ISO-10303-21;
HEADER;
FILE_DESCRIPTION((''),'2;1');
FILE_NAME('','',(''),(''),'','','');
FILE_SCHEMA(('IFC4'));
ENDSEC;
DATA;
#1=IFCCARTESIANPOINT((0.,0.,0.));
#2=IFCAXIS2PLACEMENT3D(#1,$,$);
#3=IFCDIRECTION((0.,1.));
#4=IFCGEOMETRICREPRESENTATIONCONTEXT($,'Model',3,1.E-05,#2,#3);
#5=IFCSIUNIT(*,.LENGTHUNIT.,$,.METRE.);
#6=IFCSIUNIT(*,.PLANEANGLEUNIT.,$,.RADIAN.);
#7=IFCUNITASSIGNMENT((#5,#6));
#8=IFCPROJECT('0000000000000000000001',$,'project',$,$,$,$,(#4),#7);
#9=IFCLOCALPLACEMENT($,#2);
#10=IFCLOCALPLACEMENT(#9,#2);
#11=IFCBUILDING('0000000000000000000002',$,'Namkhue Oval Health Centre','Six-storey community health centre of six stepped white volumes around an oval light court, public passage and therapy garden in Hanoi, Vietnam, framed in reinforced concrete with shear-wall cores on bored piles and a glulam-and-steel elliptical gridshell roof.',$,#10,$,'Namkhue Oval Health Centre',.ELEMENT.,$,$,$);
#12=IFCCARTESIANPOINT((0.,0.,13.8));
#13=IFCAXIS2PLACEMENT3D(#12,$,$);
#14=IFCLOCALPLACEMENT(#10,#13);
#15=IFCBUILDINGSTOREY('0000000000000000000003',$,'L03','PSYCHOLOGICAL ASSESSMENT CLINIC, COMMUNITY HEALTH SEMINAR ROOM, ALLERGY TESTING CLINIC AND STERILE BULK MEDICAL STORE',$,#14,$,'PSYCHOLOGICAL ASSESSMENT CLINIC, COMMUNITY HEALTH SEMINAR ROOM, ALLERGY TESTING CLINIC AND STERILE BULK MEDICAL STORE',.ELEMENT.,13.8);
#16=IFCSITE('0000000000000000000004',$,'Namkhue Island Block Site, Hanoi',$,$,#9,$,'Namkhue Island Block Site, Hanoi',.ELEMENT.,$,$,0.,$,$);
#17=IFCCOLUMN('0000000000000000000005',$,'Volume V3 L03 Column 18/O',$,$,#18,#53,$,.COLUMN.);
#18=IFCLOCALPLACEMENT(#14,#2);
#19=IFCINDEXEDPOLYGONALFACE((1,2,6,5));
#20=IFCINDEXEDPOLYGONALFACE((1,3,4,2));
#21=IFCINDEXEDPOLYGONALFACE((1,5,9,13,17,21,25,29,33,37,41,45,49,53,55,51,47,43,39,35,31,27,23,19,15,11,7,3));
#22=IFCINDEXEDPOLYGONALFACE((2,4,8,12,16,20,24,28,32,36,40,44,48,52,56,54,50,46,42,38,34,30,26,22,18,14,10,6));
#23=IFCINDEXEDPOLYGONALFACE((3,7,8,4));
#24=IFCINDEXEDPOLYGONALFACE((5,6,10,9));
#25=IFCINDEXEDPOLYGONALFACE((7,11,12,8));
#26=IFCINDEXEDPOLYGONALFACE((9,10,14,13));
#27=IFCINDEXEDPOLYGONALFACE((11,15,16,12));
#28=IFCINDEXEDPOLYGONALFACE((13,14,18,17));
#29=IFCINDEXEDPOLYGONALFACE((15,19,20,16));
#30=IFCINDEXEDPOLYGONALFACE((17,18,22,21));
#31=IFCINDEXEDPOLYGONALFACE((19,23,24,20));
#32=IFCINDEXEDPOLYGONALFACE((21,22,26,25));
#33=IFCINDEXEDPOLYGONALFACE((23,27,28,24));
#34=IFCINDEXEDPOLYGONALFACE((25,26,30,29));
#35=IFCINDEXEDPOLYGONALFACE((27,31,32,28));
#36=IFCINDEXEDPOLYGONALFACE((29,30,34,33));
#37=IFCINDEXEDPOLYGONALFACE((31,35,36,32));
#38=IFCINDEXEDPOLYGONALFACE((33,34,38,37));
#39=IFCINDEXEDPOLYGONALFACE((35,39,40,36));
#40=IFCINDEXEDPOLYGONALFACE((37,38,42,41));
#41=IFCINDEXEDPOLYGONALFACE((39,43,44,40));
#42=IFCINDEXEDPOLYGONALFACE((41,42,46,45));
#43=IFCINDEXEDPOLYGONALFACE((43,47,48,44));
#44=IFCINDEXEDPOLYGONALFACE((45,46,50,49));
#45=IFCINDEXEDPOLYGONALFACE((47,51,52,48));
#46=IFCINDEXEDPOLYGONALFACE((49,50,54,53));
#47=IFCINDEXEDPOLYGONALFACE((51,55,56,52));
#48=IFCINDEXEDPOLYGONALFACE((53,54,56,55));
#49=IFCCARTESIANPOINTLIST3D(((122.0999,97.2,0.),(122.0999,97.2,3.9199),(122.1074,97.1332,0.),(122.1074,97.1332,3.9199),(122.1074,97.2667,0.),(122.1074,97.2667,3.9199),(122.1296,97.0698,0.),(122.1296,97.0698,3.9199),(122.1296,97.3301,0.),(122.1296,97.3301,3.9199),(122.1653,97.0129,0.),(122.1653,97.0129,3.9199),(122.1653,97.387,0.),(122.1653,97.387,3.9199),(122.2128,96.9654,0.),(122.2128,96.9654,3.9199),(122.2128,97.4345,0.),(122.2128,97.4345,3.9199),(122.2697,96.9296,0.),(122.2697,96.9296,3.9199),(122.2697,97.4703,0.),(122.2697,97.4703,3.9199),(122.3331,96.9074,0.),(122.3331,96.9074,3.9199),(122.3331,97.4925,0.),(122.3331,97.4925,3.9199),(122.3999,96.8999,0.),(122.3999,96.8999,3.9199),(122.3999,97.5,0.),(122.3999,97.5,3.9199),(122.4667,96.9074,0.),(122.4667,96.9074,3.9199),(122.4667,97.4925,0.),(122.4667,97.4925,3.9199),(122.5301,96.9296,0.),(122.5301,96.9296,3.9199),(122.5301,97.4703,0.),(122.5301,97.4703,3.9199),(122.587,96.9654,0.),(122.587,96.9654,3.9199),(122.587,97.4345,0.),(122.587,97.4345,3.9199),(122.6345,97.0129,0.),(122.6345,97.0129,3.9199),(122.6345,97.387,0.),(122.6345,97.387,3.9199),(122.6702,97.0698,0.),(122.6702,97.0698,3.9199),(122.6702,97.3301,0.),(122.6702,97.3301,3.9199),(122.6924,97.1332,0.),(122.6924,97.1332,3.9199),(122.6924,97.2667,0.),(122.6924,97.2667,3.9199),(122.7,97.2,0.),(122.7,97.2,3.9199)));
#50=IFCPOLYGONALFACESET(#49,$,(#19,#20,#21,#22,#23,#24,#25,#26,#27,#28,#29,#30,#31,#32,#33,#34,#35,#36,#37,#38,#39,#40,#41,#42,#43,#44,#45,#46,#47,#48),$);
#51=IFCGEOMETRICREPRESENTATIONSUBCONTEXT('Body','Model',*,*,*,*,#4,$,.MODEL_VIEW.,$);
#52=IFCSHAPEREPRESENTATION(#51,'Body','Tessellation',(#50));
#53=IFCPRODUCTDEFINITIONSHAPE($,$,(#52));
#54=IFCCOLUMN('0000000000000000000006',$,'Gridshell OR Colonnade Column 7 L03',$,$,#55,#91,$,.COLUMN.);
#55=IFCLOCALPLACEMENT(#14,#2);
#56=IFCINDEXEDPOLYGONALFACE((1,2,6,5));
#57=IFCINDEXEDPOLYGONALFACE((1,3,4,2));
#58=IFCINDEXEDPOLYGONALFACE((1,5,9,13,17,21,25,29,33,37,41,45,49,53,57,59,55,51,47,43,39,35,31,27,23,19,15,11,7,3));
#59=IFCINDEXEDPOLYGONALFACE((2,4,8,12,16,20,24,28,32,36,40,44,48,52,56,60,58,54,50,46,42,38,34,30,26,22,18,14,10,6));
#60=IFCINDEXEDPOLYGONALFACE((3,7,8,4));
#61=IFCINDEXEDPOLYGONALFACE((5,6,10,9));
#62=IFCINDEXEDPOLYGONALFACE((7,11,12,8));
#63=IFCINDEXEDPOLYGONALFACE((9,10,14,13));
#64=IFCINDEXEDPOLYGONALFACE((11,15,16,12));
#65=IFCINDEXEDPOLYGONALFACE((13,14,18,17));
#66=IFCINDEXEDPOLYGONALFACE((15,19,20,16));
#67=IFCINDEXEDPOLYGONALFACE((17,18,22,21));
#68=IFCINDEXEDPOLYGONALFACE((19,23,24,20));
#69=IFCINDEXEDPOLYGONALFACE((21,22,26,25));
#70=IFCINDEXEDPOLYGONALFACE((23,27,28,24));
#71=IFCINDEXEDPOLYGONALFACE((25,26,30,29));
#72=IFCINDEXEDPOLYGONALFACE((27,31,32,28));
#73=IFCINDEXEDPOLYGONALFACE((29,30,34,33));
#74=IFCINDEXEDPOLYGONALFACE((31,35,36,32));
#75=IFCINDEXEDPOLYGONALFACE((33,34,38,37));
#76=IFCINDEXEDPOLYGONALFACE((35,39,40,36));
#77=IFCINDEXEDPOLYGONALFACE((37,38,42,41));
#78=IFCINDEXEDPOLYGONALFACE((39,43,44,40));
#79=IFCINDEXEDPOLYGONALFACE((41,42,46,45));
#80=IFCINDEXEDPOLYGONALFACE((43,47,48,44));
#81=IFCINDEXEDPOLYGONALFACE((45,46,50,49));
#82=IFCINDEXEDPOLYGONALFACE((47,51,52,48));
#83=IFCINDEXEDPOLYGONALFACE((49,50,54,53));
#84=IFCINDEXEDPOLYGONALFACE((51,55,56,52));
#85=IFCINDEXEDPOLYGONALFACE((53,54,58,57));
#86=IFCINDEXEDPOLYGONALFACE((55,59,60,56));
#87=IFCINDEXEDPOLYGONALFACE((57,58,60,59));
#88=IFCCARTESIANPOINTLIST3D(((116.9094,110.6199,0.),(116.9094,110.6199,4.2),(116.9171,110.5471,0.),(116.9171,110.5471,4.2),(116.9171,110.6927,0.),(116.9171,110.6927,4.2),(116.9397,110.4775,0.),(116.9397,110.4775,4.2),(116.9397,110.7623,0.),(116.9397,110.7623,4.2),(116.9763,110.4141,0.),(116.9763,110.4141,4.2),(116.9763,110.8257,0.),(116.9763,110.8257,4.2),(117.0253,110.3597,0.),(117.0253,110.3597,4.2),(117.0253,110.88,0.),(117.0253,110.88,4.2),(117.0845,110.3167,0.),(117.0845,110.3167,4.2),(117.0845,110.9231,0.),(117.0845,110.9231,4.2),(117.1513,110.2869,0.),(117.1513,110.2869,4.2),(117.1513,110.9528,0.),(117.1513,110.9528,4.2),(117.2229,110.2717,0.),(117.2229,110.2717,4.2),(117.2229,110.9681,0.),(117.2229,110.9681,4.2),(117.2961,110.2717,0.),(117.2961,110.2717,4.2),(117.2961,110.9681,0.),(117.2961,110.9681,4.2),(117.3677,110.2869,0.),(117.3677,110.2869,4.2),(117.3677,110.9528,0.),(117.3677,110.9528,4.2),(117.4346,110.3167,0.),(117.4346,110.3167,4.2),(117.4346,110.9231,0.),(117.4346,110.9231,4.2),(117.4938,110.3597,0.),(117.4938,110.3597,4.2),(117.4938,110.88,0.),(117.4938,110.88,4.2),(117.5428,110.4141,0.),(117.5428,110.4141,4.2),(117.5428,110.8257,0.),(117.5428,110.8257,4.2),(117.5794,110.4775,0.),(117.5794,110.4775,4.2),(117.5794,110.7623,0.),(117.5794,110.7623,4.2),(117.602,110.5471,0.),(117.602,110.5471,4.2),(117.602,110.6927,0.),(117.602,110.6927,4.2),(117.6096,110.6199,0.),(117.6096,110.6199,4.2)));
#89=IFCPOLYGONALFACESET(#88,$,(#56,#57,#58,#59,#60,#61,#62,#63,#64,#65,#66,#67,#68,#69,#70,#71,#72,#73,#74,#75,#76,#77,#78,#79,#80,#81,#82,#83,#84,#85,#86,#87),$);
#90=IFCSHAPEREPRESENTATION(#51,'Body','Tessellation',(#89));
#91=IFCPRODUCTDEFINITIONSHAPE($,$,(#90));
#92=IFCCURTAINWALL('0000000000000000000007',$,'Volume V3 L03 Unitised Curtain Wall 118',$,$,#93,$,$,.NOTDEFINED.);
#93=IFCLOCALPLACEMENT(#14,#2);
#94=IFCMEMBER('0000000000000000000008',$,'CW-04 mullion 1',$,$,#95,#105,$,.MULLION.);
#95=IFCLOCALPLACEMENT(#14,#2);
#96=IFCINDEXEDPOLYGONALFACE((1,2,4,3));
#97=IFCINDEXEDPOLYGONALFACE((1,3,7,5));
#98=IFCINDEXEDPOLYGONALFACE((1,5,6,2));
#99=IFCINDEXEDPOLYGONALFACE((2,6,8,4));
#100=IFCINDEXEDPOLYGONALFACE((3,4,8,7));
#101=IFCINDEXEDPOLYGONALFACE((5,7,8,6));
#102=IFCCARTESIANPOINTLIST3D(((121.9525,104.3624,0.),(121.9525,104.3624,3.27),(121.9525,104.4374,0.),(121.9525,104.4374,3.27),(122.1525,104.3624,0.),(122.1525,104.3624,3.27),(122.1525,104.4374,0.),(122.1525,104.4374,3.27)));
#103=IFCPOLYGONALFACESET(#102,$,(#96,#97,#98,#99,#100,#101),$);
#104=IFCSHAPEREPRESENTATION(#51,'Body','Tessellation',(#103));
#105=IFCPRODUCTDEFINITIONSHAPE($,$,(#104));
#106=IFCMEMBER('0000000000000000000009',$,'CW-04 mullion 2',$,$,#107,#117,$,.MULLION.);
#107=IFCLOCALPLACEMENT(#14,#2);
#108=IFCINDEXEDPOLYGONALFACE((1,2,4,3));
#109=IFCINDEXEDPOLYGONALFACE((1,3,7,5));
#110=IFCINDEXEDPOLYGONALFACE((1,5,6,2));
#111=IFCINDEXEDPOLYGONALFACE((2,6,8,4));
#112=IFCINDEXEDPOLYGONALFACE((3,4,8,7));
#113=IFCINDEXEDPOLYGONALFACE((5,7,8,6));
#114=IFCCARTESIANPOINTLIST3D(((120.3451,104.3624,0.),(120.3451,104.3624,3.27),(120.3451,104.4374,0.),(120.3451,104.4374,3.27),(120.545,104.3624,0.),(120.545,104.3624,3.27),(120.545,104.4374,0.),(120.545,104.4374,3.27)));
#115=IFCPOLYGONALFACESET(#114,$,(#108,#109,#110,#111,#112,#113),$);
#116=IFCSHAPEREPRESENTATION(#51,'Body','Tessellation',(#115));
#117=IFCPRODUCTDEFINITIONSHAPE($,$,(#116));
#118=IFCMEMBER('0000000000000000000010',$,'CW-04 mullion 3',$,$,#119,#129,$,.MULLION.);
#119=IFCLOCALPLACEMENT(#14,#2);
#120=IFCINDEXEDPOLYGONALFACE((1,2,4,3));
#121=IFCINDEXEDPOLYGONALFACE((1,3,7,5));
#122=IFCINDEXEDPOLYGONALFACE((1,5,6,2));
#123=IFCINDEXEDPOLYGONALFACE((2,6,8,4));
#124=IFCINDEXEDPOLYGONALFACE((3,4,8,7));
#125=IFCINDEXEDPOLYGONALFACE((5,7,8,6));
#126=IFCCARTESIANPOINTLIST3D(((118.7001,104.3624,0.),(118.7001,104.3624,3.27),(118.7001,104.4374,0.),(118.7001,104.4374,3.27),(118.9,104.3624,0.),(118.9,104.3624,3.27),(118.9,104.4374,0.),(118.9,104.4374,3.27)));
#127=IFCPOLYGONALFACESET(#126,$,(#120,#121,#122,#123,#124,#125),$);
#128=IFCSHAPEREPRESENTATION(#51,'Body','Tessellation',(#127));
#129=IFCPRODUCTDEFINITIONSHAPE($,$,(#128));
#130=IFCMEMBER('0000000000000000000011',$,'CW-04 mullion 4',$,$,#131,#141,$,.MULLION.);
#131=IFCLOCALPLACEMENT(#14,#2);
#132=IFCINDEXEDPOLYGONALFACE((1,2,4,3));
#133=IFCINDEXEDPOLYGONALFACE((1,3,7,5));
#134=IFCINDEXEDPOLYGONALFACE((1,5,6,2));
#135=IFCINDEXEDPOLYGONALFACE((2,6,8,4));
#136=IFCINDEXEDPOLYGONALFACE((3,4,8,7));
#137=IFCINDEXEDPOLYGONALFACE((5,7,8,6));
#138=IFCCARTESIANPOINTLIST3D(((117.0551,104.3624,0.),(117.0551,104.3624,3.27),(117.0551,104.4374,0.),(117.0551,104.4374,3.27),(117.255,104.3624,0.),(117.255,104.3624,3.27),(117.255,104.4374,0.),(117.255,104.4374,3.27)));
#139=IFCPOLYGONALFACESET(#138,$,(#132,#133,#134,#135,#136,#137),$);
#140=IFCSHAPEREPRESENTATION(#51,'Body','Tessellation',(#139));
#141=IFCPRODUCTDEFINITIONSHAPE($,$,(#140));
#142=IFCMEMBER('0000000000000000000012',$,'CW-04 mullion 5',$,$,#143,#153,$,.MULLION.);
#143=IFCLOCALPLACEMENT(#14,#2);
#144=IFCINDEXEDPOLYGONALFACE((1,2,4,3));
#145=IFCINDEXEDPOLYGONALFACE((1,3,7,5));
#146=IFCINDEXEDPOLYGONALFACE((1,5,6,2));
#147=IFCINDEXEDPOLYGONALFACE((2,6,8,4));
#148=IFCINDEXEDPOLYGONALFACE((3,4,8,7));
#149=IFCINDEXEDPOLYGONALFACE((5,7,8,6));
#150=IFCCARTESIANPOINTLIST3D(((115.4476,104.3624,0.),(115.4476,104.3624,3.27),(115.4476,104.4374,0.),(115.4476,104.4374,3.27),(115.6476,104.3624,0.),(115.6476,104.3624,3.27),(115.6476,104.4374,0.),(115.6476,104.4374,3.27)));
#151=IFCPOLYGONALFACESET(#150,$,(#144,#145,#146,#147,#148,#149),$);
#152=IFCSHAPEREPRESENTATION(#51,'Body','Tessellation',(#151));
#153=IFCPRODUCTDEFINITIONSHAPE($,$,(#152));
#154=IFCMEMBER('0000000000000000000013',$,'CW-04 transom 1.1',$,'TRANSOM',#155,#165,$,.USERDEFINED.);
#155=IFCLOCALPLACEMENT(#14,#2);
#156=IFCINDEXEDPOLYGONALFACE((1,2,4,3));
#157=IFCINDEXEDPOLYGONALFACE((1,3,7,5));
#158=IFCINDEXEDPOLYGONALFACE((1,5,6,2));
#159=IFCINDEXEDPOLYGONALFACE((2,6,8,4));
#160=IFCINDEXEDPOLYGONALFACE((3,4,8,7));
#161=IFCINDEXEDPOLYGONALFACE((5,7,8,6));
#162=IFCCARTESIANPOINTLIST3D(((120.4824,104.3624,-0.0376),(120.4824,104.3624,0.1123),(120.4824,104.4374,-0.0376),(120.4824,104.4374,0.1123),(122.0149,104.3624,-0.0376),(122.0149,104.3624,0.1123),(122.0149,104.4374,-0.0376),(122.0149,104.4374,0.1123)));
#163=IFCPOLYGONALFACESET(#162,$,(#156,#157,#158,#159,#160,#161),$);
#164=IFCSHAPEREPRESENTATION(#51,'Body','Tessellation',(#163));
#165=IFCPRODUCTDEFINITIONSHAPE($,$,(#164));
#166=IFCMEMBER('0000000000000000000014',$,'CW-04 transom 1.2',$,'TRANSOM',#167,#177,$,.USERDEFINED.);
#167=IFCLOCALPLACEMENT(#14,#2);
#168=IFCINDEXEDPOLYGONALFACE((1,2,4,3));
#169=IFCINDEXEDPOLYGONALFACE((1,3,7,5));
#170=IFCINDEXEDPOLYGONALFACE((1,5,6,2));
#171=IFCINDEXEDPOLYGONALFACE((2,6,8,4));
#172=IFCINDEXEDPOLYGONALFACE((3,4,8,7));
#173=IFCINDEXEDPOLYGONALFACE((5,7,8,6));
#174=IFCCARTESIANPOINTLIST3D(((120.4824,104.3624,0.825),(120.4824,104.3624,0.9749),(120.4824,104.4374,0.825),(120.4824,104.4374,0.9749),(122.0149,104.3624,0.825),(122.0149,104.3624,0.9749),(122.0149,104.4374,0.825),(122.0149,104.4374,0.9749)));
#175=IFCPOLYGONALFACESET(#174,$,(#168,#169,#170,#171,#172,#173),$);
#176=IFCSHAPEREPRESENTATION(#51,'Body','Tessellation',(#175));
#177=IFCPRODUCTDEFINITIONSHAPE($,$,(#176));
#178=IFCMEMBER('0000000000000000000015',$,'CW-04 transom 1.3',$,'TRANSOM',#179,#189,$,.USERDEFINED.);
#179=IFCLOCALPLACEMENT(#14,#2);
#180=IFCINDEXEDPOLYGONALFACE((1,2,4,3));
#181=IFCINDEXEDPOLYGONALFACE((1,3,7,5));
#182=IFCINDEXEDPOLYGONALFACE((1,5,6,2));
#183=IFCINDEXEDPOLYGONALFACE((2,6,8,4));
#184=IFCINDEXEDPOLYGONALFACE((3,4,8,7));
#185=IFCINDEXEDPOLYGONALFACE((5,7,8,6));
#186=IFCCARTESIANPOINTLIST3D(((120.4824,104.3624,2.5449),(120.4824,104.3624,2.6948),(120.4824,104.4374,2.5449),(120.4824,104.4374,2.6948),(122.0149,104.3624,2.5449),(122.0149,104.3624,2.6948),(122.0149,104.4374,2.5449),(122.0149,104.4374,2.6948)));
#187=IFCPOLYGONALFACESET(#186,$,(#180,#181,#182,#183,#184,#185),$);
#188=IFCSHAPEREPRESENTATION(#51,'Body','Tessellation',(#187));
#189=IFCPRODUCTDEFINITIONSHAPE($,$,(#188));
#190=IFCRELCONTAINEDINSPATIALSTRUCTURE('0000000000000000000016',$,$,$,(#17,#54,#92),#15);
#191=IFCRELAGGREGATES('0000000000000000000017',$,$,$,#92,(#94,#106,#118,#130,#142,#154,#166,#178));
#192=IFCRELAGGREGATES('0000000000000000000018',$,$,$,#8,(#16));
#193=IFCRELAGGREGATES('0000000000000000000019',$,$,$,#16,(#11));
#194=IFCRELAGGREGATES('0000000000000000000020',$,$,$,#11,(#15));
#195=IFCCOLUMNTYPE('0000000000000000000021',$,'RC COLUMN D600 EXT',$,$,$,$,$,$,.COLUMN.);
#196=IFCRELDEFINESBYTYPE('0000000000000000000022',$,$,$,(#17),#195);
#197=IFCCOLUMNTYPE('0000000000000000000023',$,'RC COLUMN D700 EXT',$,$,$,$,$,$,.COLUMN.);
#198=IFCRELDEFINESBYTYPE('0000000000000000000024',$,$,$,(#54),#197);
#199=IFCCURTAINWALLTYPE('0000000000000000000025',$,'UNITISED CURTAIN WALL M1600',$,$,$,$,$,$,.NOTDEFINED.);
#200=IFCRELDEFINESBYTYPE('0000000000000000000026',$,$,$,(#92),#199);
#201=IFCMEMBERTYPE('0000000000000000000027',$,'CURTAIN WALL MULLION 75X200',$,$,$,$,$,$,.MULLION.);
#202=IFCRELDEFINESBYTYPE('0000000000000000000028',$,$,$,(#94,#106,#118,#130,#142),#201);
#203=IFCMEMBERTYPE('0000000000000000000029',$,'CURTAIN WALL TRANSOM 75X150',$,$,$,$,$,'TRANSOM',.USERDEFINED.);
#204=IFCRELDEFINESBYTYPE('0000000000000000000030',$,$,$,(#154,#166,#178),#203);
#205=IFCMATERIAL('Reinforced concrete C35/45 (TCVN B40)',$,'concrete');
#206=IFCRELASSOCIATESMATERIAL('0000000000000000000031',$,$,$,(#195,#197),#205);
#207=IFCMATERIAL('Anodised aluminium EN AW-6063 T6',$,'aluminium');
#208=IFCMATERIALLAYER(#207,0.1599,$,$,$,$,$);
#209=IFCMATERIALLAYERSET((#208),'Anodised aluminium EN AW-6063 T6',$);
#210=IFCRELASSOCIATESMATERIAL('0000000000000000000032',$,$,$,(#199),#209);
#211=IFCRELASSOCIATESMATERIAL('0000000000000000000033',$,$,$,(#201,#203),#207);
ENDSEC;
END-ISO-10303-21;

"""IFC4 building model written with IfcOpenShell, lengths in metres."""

from ifc_helpers import new_model, si_unit, direction, frame, origin, origin_2d, place, context, subcontext, project, spatial, rectangle, circle, extrude, material, layer, layer_set, material_profile, profile_set, type_object, element, aggregate, save


model = new_model("IFC4")

# Units and contexts
model_context = context("Model", 3, precision=1e-05, world=origin(), true_north=direction((0.0, 1.0)))
body_context = subcontext(model_context, "Body", "Model", "MODEL_VIEW")
ifc_project = project(units=[si_unit("LENGTHUNIT", "METRE"), si_unit("PLANEANGLEUNIT", "RADIAN")], contexts=[model_context])

# Site, building, storey
site_placement = place(None, origin())
site = spatial("IfcSite", under=ifc_project, at=site_placement, Name="Namkhue Island Block Site, Hanoi", LongName="Namkhue Island Block Site, Hanoi", CompositionType="ELEMENT", RefElevation=0.0)
building_placement = place(site_placement, origin())
building = spatial("IfcBuilding", under=site, at=building_placement, Name="Namkhue Oval Health Centre", Description="Six-storey community health centre of six stepped white volumes around an oval light court, public passage and therapy garden in Hanoi, Vietnam, framed in reinforced concrete with shear-wall cores on bored piles and a glulam-and-steel elliptical gridshell roof.", LongName="Namkhue Oval Health Centre", CompositionType="ELEMENT")
storey_placement = place(building_placement, frame((0.0, 0.0, 13.8)))
storey = spatial("IfcBuildingStorey", under=building, at=storey_placement, Name="L03", Description="PSYCHOLOGICAL ASSESSMENT CLINIC, COMMUNITY HEALTH SEMINAR ROOM, ALLERGY TESTING CLINIC AND STERILE BULK MEDICAL STORE", LongName="PSYCHOLOGICAL ASSESSMENT CLINIC, COMMUNITY HEALTH SEMINAR ROOM, ALLERGY TESTING CLINIC AND STERILE BULK MEDICAL STORE", CompositionType="ELEMENT", Elevation=13.8)

# Columns
ifc_material_1 = material(Name="Reinforced concrete C35/45 (TCVN B40)", Category="concrete")
ifc_material_profile_1 = material_profile(ifc_material_1, circle(Radius=0.3, at=origin_2d()), Name="RC D600")
ifc_profile_set_1 = profile_set([ifc_material_profile_1], Name="Reinforced concrete C35/45 (TCVN B40)")
column_type_1 = type_object("IfcColumnType", Name="RC COLUMN D600 EXT", PredefinedType="COLUMN", material=ifc_profile_set_1)
column_1_placement = place(storey_placement, frame((122.3999, 97.2, 0.0), z_axis=(0.0, 0.0, 1.0), x_axis=(1.0, 0.0, 0.0)))
element("IfcColumn", 1, at=column_1_placement, inside=storey, type_object=column_type_1, Name="Volume V3 L03 Column 18/O", PredefinedType="COLUMN", context=body_context, shape_type="SweptSolid", body=[
    extrude(circle(Radius=0.3, at=origin_2d()), origin(), (0.0, 0.0, 1.0), 3.9199),
])
ifc_material_profile_2 = material_profile(ifc_material_1, circle(Radius=0.3501, at=origin_2d()), Name="RC D700")
ifc_profile_set_2 = profile_set([ifc_material_profile_2], Name="Reinforced concrete C35/45 (TCVN B40)")
column_type_2 = type_object("IfcColumnType", Name="RC COLUMN D700 EXT", PredefinedType="COLUMN", material=ifc_profile_set_2)
column_2_placement = place(storey_placement, frame((117.2595, 110.6199, 0.0), z_axis=(0.0, 0.0, 1.0), x_axis=(1.0, 0.0, 0.0)))
element("IfcColumn", 2, at=column_2_placement, inside=storey, type_object=column_type_2, Name="Gridshell OR Colonnade Column 7 L03", PredefinedType="COLUMN", context=body_context, shape_type="SweptSolid", body=[
    extrude(circle(Radius=0.3501, at=origin_2d()), origin(), (0.0, 0.0, 1.0), 4.2),
])

# Curtain wall, members
ifc_material_2 = material(Name="Anodised aluminium EN AW-6063 T6", Category="aluminium")
ifc_layer_1 = layer(ifc_material_2, 0.1599)
ifc_layer_set_1 = layer_set([ifc_layer_1], Name="Anodised aluminium EN AW-6063 T6")
curtain_wall_type = type_object("IfcCurtainWallType", Name="UNITISED CURTAIN WALL M1600", PredefinedType="NOTDEFINED", material=ifc_layer_set_1)
curtain_wall_placement = place(storey_placement, origin())
curtain_wall = element("IfcCurtainWall", 3, at=curtain_wall_placement, inside=storey, type_object=curtain_wall_type, Name="Volume V3 L03 Unitised Curtain Wall 118", PredefinedType="NOTDEFINED")
ifc_material_profile_3 = material_profile(ifc_material_2, rectangle(XDim=0.075, YDim=0.2, at=origin_2d()), Name="ALU 75x200")
ifc_profile_set_3 = profile_set([ifc_material_profile_3], Name="Anodised aluminium EN AW-6063 T6")
member_type_1 = type_object("IfcMemberType", Name="CURTAIN WALL MULLION 75X200", PredefinedType="MULLION", material=ifc_profile_set_3)
member_1_placement = place(storey_placement, frame((122.0525, 104.3999, 0.0), z_axis=(0.0, 0.0, 1.0), x_axis=(0.0, -1.0, 0.0)))
member_1 = element("IfcMember", 4, at=member_1_placement, type_object=member_type_1, Name="CW-04 mullion 1", PredefinedType="MULLION", context=body_context, shape_type="SweptSolid", body=[
    extrude(rectangle(XDim=0.075, YDim=0.2, at=origin_2d()), origin(), (0.0, 0.0, 1.0), 3.27),
])
member_2_placement = place(storey_placement, frame((120.4451, 104.3999, 0.0), z_axis=(0.0, 0.0, 1.0), x_axis=(0.0, -1.0, 0.0)))
member_2 = element("IfcMember", 5, at=member_2_placement, type_object=member_type_1, Name="CW-04 mullion 2", PredefinedType="MULLION", context=body_context, shape_type="SweptSolid", body=[
    extrude(rectangle(XDim=0.075, YDim=0.2, at=origin_2d()), origin(), (0.0, 0.0, 1.0), 3.27),
])
member_3_placement = place(storey_placement, frame((118.8, 104.3999, 0.0), z_axis=(0.0, 0.0, 1.0), x_axis=(0.0, -1.0, 0.0)))
member_3 = element("IfcMember", 6, at=member_3_placement, type_object=member_type_1, Name="CW-04 mullion 3", PredefinedType="MULLION", context=body_context, shape_type="SweptSolid", body=[
    extrude(rectangle(XDim=0.075, YDim=0.2, at=origin_2d()), origin(), (0.0, 0.0, 1.0), 3.27),
])
member_4_placement = place(storey_placement, frame((117.155, 104.3999, 0.0), z_axis=(0.0, 0.0, 1.0), x_axis=(0.0, -1.0, 0.0)))
member_4 = element("IfcMember", 7, at=member_4_placement, type_object=member_type_1, Name="CW-04 mullion 4", PredefinedType="MULLION", context=body_context, shape_type="SweptSolid", body=[
    extrude(rectangle(XDim=0.075, YDim=0.2, at=origin_2d()), origin(), (0.0, 0.0, 1.0), 3.27),
])
member_5_placement = place(storey_placement, frame((115.5476, 104.3999, 0.0), z_axis=(0.0, 0.0, 1.0), x_axis=(0.0, -1.0, 0.0)))
member_5 = element("IfcMember", 8, at=member_5_placement, type_object=member_type_1, Name="CW-04 mullion 5", PredefinedType="MULLION", context=body_context, shape_type="SweptSolid", body=[
    extrude(rectangle(XDim=0.075, YDim=0.2, at=origin_2d()), origin(), (0.0, 0.0, 1.0), 3.27),
])
ifc_material_profile_4 = material_profile(ifc_material_2, rectangle(XDim=0.075, YDim=0.1499, at=origin_2d()), Name="ALU 75x150")
ifc_profile_set_4 = profile_set([ifc_material_profile_4], Name="Anodised aluminium EN AW-6063 T6")
member_type_2 = type_object("IfcMemberType", Name="CURTAIN WALL TRANSOM 75X150", ElementType="TRANSOM", PredefinedType="USERDEFINED", material=ifc_profile_set_4)
member_6_placement = place(storey_placement, frame((122.0149, 104.3999, 0.0374), z_axis=(-1.0, 0.0, 0.0), x_axis=(0.0, -1.0, 0.0)))
member_6 = element("IfcMember", 9, at=member_6_placement, type_object=member_type_2, Name="CW-04 transom 1.1", ObjectType="TRANSOM", PredefinedType="USERDEFINED", context=body_context, shape_type="SweptSolid", body=[
    extrude(rectangle(XDim=0.075, YDim=0.1499, at=origin_2d()), origin(), (0.0, 0.0, 1.0), 1.5325),
])
member_7_placement = place(storey_placement, frame((122.0149, 104.3999, 0.8999), z_axis=(-1.0, 0.0, 0.0), x_axis=(0.0, -1.0, 0.0)))
member_7 = element("IfcMember", 10, at=member_7_placement, type_object=member_type_2, Name="CW-04 transom 1.2", ObjectType="TRANSOM", PredefinedType="USERDEFINED", context=body_context, shape_type="SweptSolid", body=[
    extrude(rectangle(XDim=0.075, YDim=0.1499, at=origin_2d()), origin(), (0.0, 0.0, 1.0), 1.5325),
])
member_8_placement = place(storey_placement, frame((122.0149, 104.3999, 2.6199), z_axis=(-1.0, 0.0, 0.0), x_axis=(0.0, -1.0, 0.0)))
member_8 = element("IfcMember", 11, at=member_8_placement, type_object=member_type_2, Name="CW-04 transom 1.3", ObjectType="TRANSOM", PredefinedType="USERDEFINED", context=body_context, shape_type="SweptSolid", body=[
    extrude(rectangle(XDim=0.075, YDim=0.1499, at=origin_2d()), origin(), (0.0, 0.0, 1.0), 1.5325),
])

aggregate(curtain_wall, [member_1, member_2, member_3, member_4, member_5, member_6, member_7, member_8])

save(model, "model.ifc")
